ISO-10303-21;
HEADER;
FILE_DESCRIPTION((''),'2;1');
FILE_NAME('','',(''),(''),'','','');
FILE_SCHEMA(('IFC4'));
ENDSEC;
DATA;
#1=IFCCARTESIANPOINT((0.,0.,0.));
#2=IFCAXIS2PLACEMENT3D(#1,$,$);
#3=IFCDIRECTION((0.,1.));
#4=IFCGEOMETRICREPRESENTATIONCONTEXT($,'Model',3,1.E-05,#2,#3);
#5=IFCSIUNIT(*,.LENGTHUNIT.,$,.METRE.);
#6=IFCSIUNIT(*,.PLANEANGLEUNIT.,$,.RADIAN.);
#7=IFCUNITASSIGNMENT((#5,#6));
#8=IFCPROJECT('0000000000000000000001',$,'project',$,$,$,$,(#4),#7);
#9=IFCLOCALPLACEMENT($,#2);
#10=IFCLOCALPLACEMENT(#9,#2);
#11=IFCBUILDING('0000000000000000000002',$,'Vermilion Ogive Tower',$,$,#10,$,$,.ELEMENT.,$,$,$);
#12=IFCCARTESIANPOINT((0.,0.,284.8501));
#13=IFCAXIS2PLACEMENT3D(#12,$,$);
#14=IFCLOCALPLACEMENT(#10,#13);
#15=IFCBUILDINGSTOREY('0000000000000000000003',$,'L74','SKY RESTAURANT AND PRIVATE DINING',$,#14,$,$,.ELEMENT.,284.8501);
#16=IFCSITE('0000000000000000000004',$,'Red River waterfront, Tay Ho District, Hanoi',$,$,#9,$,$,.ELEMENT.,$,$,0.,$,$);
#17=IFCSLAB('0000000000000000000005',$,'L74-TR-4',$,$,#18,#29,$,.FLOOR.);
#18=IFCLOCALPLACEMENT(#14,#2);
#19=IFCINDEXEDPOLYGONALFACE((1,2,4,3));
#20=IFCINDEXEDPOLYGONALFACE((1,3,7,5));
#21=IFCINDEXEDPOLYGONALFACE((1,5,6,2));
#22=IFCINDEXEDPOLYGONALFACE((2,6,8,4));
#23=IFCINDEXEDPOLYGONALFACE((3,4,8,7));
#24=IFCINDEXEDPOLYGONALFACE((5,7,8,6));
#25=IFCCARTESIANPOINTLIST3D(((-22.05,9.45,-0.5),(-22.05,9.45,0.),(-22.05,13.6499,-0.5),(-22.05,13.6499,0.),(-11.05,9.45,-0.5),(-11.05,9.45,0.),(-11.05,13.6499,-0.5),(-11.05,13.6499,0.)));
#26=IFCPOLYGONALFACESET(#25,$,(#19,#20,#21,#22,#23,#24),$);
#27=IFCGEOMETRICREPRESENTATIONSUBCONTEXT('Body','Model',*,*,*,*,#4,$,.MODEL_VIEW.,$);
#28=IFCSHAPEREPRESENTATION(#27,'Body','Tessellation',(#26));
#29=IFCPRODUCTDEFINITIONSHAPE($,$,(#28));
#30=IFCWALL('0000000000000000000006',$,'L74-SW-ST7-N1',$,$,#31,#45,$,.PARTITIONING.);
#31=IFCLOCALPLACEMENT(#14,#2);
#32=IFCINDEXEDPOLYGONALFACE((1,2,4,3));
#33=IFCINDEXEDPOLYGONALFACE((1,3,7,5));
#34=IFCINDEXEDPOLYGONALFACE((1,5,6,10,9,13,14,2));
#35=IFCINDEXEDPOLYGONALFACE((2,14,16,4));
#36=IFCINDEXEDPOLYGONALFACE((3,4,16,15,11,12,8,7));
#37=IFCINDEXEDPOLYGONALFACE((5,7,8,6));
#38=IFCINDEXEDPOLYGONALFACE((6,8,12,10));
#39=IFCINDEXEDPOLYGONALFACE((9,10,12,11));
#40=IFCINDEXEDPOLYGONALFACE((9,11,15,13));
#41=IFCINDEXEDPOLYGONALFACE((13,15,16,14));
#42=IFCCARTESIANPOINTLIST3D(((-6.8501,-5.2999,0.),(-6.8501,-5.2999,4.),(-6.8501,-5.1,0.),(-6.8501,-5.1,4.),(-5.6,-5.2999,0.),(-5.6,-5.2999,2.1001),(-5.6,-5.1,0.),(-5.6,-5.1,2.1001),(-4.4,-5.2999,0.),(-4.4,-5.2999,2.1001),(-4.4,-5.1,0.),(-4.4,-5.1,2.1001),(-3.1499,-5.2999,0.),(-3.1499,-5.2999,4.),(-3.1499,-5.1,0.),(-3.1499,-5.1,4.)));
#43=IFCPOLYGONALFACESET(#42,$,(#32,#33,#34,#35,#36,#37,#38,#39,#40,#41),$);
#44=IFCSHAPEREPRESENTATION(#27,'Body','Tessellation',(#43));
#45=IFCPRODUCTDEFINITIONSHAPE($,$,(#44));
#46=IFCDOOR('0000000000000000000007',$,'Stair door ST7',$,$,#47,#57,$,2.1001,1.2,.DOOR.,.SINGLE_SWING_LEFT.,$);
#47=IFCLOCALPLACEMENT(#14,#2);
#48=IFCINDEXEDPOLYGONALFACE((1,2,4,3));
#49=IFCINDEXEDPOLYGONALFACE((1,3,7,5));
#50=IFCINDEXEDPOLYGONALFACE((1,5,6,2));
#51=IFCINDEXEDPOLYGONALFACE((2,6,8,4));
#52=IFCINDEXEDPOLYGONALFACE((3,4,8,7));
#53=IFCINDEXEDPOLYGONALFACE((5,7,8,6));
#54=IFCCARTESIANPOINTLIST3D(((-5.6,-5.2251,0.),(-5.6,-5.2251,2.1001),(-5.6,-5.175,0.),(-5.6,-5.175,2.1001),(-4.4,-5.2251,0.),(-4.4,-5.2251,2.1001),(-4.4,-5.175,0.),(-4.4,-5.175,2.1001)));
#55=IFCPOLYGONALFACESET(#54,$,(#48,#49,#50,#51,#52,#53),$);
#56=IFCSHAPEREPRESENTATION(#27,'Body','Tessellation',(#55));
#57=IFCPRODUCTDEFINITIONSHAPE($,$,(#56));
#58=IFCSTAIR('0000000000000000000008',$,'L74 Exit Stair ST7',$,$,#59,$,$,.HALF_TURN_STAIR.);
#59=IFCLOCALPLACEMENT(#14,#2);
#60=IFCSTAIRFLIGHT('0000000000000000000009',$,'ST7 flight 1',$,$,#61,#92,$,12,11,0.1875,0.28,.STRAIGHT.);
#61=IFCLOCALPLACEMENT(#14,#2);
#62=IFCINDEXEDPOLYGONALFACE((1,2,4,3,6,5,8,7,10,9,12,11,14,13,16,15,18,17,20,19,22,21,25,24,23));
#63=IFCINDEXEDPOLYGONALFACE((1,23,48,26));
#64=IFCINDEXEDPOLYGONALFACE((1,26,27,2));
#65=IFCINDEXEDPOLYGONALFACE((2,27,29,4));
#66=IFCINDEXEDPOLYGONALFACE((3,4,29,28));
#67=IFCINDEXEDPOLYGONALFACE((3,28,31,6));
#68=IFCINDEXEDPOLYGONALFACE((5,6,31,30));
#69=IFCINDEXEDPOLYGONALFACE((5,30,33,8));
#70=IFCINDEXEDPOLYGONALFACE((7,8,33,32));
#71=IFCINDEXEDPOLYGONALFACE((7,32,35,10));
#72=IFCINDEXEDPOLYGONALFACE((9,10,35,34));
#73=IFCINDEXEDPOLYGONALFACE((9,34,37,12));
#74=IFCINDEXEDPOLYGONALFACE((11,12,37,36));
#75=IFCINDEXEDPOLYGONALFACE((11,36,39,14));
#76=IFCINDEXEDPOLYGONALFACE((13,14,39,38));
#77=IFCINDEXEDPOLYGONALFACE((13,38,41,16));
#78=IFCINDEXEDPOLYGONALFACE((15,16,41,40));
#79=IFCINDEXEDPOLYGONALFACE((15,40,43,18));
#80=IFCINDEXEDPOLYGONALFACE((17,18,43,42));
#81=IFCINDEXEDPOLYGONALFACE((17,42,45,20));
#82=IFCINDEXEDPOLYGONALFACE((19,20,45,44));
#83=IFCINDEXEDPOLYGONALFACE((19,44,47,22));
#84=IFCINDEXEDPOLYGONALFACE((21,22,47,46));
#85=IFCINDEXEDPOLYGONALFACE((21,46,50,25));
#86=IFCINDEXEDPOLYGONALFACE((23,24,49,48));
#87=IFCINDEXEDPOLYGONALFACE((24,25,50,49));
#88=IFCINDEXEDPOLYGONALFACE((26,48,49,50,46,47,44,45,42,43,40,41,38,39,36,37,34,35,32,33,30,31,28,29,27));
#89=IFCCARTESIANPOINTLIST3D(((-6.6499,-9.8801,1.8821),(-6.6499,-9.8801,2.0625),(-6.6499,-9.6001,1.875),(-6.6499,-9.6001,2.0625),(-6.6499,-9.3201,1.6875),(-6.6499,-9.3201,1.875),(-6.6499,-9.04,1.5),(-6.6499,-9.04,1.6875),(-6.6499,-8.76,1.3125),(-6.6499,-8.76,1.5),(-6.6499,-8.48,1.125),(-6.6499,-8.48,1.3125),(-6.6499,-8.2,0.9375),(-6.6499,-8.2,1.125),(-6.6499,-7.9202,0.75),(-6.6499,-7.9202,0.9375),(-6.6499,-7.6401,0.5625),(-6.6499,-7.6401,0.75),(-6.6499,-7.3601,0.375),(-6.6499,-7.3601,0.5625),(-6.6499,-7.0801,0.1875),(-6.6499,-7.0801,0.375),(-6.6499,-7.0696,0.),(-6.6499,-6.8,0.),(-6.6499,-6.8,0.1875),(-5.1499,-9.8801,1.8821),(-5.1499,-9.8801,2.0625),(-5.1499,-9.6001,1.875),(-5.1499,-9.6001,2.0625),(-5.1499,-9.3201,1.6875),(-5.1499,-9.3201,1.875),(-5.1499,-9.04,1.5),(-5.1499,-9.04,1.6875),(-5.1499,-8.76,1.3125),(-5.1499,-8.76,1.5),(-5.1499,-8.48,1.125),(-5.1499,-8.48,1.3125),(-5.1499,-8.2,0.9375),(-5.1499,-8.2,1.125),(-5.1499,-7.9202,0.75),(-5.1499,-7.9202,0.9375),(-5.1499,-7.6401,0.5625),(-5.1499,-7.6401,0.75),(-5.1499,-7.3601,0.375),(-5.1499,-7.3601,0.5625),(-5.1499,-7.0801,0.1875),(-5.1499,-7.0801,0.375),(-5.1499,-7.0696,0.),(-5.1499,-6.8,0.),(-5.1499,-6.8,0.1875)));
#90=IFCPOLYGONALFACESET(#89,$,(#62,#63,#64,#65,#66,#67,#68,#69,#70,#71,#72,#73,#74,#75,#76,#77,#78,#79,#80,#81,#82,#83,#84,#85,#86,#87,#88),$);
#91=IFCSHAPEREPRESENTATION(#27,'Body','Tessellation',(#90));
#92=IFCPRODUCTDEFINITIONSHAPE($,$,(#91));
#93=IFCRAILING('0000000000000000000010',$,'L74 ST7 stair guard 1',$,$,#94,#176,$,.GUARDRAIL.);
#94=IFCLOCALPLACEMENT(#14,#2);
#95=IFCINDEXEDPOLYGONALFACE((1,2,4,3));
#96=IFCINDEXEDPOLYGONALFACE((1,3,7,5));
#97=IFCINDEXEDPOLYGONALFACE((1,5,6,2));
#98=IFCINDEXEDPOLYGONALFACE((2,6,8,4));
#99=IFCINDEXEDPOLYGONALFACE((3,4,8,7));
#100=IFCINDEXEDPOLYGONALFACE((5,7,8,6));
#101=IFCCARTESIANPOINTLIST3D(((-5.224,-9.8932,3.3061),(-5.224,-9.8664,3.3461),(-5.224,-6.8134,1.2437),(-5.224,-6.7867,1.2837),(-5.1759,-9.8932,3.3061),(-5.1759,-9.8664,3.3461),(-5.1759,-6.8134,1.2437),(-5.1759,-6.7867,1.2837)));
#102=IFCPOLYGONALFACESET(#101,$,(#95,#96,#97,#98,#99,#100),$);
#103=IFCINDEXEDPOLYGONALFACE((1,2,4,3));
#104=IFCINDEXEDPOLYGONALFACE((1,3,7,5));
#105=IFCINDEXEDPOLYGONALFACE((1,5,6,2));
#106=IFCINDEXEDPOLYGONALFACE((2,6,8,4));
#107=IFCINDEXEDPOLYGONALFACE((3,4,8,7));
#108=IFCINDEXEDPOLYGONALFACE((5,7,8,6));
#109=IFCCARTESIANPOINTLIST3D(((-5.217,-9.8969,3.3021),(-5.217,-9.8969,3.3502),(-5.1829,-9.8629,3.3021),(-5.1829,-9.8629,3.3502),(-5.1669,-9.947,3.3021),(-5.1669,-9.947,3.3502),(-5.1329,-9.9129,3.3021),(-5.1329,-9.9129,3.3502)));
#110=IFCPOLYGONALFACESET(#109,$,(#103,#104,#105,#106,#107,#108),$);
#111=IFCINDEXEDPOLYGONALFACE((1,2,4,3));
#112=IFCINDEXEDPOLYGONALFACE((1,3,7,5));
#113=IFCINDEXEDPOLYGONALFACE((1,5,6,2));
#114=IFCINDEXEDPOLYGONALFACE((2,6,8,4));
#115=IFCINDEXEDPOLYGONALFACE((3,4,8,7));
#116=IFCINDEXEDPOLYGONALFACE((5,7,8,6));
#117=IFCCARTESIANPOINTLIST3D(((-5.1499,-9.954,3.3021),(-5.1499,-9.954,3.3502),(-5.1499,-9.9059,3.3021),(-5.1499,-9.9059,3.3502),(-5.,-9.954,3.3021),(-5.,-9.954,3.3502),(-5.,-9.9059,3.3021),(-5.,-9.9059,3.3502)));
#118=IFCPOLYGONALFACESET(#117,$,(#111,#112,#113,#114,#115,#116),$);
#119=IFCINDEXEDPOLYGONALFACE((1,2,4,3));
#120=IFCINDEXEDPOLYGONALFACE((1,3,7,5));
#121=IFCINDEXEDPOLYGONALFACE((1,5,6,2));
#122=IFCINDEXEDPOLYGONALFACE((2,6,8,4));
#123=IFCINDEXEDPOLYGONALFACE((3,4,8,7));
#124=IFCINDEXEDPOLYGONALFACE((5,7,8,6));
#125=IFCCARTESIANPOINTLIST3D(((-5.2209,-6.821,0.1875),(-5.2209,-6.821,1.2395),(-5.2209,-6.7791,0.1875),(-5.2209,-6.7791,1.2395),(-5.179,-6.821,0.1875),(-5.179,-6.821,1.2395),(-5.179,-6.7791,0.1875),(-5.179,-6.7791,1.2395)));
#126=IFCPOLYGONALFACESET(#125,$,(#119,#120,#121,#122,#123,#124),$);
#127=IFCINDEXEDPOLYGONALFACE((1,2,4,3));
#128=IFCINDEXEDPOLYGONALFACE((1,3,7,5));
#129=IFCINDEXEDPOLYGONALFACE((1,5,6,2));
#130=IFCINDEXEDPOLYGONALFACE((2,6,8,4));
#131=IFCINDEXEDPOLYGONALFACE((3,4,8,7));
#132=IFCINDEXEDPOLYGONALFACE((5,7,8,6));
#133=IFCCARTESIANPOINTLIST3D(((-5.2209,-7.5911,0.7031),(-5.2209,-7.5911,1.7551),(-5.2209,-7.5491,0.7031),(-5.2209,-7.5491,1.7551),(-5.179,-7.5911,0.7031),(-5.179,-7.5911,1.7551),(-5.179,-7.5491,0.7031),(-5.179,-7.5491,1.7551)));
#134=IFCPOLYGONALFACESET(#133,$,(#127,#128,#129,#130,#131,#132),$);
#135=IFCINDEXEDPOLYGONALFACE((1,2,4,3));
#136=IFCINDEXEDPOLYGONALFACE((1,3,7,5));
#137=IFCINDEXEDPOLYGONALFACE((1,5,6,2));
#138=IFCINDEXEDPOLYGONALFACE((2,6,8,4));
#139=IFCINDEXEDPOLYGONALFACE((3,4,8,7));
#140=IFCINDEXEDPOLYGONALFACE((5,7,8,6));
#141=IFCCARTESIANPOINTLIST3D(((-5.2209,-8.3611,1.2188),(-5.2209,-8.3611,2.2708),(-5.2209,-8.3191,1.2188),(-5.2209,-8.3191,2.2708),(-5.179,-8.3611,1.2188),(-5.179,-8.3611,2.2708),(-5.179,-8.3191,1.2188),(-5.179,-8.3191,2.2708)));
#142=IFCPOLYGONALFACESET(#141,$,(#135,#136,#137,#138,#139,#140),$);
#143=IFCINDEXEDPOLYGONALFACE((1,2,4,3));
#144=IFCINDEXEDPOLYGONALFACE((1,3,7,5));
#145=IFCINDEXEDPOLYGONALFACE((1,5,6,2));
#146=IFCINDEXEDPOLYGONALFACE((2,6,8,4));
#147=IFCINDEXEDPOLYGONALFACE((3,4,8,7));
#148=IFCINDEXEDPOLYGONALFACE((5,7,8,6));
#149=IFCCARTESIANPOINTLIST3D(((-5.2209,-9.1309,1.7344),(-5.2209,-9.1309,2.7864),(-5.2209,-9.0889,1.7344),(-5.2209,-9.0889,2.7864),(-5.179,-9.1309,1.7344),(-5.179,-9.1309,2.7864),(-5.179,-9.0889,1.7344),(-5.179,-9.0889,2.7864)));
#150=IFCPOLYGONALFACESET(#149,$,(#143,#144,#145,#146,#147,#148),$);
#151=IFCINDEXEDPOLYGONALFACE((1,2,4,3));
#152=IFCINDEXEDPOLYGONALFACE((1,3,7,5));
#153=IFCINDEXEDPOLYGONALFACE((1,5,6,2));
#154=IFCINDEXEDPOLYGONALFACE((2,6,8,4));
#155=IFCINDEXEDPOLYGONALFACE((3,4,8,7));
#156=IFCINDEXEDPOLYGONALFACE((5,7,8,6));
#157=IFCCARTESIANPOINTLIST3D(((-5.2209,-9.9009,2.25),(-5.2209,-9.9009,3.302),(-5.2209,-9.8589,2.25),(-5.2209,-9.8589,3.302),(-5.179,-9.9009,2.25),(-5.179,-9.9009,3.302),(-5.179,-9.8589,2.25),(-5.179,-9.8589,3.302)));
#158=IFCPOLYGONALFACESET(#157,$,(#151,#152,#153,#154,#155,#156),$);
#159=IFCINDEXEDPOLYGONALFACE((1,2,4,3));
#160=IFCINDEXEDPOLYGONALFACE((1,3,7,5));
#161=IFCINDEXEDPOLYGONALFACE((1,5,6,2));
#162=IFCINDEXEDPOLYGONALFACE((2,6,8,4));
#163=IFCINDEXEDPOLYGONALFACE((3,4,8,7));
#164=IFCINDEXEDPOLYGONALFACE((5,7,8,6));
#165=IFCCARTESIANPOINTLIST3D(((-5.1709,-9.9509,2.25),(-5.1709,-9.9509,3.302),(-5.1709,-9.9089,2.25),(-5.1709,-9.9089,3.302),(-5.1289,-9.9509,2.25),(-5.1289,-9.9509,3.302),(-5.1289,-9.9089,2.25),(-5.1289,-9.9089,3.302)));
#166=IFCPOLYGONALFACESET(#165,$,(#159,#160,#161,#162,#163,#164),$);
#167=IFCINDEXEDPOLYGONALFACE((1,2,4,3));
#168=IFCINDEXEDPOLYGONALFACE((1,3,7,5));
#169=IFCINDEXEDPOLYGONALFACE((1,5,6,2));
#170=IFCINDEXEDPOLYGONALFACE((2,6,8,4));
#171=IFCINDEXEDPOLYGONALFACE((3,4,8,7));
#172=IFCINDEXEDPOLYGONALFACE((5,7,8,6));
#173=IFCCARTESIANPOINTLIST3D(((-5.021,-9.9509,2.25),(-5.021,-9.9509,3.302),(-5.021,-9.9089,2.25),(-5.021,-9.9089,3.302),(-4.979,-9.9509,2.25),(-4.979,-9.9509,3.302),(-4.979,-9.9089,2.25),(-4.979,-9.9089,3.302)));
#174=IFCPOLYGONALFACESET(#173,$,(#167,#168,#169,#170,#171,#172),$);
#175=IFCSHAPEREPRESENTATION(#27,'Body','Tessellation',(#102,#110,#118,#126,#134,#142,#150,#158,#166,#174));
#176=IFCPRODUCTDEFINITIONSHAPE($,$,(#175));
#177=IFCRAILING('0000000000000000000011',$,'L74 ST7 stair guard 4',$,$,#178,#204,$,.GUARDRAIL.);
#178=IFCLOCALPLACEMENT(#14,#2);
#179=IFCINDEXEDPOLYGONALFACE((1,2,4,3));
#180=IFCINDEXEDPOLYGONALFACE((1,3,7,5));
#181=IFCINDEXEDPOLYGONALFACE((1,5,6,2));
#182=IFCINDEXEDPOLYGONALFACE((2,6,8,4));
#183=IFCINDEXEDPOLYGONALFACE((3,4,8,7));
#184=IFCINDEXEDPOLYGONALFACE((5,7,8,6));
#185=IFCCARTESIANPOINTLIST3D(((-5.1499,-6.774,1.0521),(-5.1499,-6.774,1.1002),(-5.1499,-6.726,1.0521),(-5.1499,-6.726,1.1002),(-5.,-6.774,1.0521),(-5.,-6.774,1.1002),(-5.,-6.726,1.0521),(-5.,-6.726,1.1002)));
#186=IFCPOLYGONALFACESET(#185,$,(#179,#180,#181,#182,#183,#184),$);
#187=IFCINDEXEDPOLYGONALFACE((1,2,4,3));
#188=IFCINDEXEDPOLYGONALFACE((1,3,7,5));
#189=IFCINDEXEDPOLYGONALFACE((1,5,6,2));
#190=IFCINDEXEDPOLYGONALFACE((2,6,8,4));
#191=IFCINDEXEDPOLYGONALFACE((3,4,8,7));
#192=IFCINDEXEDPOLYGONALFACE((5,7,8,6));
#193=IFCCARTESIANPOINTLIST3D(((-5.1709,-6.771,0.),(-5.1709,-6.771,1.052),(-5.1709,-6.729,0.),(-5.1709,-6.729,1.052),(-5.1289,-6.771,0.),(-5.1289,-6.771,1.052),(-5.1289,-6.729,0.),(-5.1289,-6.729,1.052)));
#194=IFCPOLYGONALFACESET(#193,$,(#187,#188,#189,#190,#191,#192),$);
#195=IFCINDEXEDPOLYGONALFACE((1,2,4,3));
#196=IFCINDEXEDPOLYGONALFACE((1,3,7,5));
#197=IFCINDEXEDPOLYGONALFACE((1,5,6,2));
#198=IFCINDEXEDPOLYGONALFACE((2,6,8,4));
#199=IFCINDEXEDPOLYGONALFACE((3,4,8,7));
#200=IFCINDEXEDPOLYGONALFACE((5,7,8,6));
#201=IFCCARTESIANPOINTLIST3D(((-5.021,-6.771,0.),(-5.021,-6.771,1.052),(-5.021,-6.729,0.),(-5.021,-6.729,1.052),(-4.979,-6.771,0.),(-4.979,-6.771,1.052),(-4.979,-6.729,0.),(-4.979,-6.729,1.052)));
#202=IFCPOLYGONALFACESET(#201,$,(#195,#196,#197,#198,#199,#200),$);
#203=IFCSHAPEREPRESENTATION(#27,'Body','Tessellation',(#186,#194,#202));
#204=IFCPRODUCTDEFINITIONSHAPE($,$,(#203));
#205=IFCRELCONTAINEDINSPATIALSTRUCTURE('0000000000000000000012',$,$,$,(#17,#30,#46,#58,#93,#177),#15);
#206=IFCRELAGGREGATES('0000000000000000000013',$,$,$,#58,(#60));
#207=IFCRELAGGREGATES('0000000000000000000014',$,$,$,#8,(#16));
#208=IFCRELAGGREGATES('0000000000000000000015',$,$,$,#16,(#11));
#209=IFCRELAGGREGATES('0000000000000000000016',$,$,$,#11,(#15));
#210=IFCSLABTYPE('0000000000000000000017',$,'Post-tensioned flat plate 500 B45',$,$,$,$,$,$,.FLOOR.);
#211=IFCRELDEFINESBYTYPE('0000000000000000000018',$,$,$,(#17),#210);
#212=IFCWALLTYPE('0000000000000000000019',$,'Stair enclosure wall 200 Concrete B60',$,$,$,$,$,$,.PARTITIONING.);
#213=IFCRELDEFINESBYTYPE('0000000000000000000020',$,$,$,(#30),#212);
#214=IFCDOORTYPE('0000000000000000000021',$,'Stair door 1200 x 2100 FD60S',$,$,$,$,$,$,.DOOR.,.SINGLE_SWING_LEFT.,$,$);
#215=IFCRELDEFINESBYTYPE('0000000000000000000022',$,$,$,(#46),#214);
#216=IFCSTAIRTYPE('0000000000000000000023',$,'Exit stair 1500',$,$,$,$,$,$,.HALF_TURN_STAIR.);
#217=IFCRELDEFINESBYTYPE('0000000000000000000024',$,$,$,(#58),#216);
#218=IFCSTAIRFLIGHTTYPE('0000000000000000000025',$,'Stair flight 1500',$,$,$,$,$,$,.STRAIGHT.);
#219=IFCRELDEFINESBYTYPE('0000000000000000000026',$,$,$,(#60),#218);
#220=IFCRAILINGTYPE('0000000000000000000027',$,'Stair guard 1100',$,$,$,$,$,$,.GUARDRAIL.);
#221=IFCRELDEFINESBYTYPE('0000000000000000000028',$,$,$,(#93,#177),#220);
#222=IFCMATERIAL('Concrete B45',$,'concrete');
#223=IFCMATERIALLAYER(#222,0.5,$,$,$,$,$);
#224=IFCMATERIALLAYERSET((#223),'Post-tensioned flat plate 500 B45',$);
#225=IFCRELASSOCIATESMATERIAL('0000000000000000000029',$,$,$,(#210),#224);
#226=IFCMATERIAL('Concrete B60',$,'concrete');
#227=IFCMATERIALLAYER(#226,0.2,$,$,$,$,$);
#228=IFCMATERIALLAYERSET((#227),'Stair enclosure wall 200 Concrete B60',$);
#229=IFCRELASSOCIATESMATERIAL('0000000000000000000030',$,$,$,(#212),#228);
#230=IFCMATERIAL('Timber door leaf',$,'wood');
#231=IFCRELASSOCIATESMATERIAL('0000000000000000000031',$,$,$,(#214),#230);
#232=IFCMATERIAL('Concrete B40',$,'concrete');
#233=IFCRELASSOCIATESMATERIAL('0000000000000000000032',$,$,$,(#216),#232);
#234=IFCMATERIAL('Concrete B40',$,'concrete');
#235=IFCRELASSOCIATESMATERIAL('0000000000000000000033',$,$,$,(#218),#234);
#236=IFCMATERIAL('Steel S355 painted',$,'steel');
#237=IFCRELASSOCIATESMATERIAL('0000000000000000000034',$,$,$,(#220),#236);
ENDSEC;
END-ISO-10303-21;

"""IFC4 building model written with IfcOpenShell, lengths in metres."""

from ifc_helpers import new_model, si_unit, direction, frame, frame_2d, origin, origin_2d, place, context, subcontext, project, spatial, polyline, rectangle, outline, extrude, material, layer, layer_set, type_object, element, fill, aggregate, save


model = new_model("IFC4")

# Units and contexts
model_context = context("Model", 3, precision=1e-05, world=origin(), true_north=direction((0.0, 1.0)))
body_context = subcontext(model_context, "Body", "Model", "MODEL_VIEW")
ifc_project = project(units=[si_unit("LENGTHUNIT", "METRE"), si_unit("PLANEANGLEUNIT", "RADIAN")], contexts=[model_context])

# Site, building, storey
site_placement = place(None, origin())
site = spatial("IfcSite", under=ifc_project, at=site_placement, Name="Red River waterfront, Tay Ho District, Hanoi", CompositionType="ELEMENT", RefElevation=0.0)
building_placement = place(site_placement, origin())
building = spatial("IfcBuilding", under=site, at=building_placement, Name="Vermilion Ogive Tower", CompositionType="ELEMENT")
storey_placement = place(building_placement, frame((0.0, 0.0, 284.8501)))
storey = spatial("IfcBuildingStorey", under=building, at=storey_placement, Name="L74", Description="SKY RESTAURANT AND PRIVATE DINING", CompositionType="ELEMENT", Elevation=284.8501)

# Slab
ifc_material_1 = material(Name="Concrete B45", Category="concrete")
ifc_layer_1 = layer(ifc_material_1, 0.5)
ifc_layer_set_1 = layer_set([ifc_layer_1], Name="Post-tensioned flat plate 500 B45")
slab_type = type_object("IfcSlabType", Name="Post-tensioned flat plate 500 B45", PredefinedType="FLOOR", material=ifc_layer_set_1)
slab_1_placement = place(storey_placement, frame((0.0, 0.0, -0.5)))
element("IfcSlab", 1, at=slab_1_placement, inside=storey, type_object=slab_type, Name="L74-TR-4", PredefinedType="FLOOR", context=body_context, shape_type="SweptSolid", body=[
    extrude(outline(polyline([(-11.05, 13.6499), (-11.05, 9.45), (-22.05, 9.45), (-22.05, 13.6499), (-11.05, 13.6499)])), origin(), (0.0, 0.0, 1.0), 0.5),
])

# Wall, opening, door
ifc_material_2 = material(Name="Concrete B60", Category="concrete")
ifc_layer_2 = layer(ifc_material_2, 0.2)
ifc_layer_set_2 = layer_set([ifc_layer_2], Name="Stair enclosure wall 200 Concrete B60")
wall_type = type_object("IfcWallType", Name="Stair enclosure wall 200 Concrete B60", PredefinedType="PARTITIONING", material=ifc_layer_set_2)
wall_placement = place(storey_placement, frame((-6.8501, -5.2, 0.0), z_axis=(0.0, 0.0, 1.0), x_axis=(1.0, 0.0, 0.0)))
wall = element("IfcWall", 2, at=wall_placement, inside=storey, type_object=wall_type, Name="L74-SW-ST7-N1", PredefinedType="PARTITIONING", context=body_context, shape_type="SweptSolid", body=[
    extrude(rectangle(XDim=3.7002, YDim=0.2, at=frame_2d((1.8501, 0.0))), origin(), (0.0, 0.0, 1.0), 4.0),
])
opening_placement = place(wall_placement, frame((1.25, 0.0, 0.0)))
opening = element("IfcOpeningElement", 3, at=opening_placement, cuts=wall, PredefinedType="OPENING", context=body_context, shape_type="SweptSolid", body=[
    extrude(rectangle(XDim=1.2, YDim=2.1001, at=frame_2d((0.6001, 1.05))), frame((0.0, 0.1099, 0.0), z_axis=(0.0, -1.0, 0.0), x_axis=(1.0, 0.0, 0.0)), (0.0, 0.0, 1.0), 0.22),
])
ifc_material_3 = material(Name="Timber door leaf", Category="wood")
door_type = type_object("IfcDoorType", Name="Stair door 1200 x 2100 FD60S", OperationType="SINGLE_SWING_LEFT", PredefinedType="DOOR", material=ifc_material_3)
door_placement = place(opening_placement, origin())
door = element("IfcDoor", 4, at=door_placement, inside=storey, type_object=door_type, Name="Stair door ST7", OperationType="SINGLE_SWING_LEFT", OverallHeight=2.1001, OverallWidth=1.2, PredefinedType="DOOR", context=body_context, shape_type="SweptSolid", body=[
    extrude(rectangle(XDim=1.2, YDim=2.1001, at=frame_2d((0.6001, 1.05))), frame((0.0, 0.0249, 0.0), z_axis=(0.0, -1.0, 0.0), x_axis=(1.0, 0.0, 0.0)), (0.0, 0.0, 1.0), 0.05),
])
fill(opening, door)

# Stair, stair flight
ifc_material_4 = material(Name="Concrete B40", Category="concrete")
stair_type = type_object("IfcStairType", Name="Exit stair 1500", PredefinedType="HALF_TURN_STAIR", material=ifc_material_4)
stair_placement = place(storey_placement, origin())
stair = element("IfcStair", 5, at=stair_placement, inside=storey, type_object=stair_type, Name="L74 Exit Stair ST7", PredefinedType="HALF_TURN_STAIR")
ifc_material_5 = material(Name="Concrete B40", Category="concrete")
stair_flight_type = type_object("IfcStairFlightType", Name="Stair flight 1500", PredefinedType="STRAIGHT", material=ifc_material_5)
stair_flight_placement = place(storey_placement, frame((-5.8999, -6.8, 0.0), z_axis=(0.0, 0.0, 1.0), x_axis=(0.0, -1.0, 0.0)))
stair_flight = element("IfcStairFlight", 6, at=stair_flight_placement, type_object=stair_flight_type, Name="ST7 flight 1", NumberOfRisers=12, NumberOfTreads=11, PredefinedType="STRAIGHT", RiserHeight=0.1875, TreadLength=0.28, context=body_context, shape_type="SweptSolid", body=[
    extrude(outline(polyline([(0.0, 0.0), (0.0, 0.1875), (0.28, 0.1875), (0.28, 0.375), (0.5601, 0.375), (0.5601, 0.5625), (0.8401, 0.5625), (0.8401, 0.75), (1.1201, 0.75), (1.1201, 0.9375), (1.3999, 0.9375), (1.3999, 1.125), (1.6799, 1.125), (1.6799, 1.3125), (1.96, 1.3125), (1.96, 1.5), (2.24, 1.5), (2.24, 1.6875), (2.52, 1.6875), (2.52, 1.875), (2.8, 1.875), (2.8, 2.0625), (3.0801, 2.0625), (3.0801, 2.25), (3.0801, 1.8821), (0.2695, 0.0), (0.0, 0.0)])), frame((0.0, 0.75, 0.0), z_axis=(0.0, -1.0, 0.0), x_axis=(1.0, 0.0, 0.0)), (0.0, 0.0, 1.0), 1.5),
])
aggregate(stair, [stair_flight])

# Railings
ifc_material_6 = material(Name="Steel S355 painted", Category="steel")
railing_type = type_object("IfcRailingType", Name="Stair guard 1100", PredefinedType="GUARDRAIL", material=ifc_material_6)
railing_1_placement = place(storey_placement, frame((-5.2, -6.8, 0.1875)))
element("IfcRailing", 7, at=railing_1_placement, inside=storey, type_object=railing_type, Name="L74 ST7 stair guard 1", PredefinedType="GUARDRAIL", context=body_context, shape_type="SweptSolid", body=[
    extrude(rectangle(XDim=0.0481, YDim=0.0481, at=origin_2d()), frame((0.0, 0.0, 1.0762), z_axis=(0.0, -0.830893, 0.556432), x_axis=(1.0, 0.0, 0.0)), (0.0, 0.0, 1.0), 3.7065),
    extrude(rectangle(XDim=0.0481, YDim=0.0481, at=origin_2d()), frame((0.0, -3.0798, 3.1387), z_axis=(0.707107, -0.707107, 0.0), x_axis=(0.707107, 0.707107, 0.0)), (0.0, 0.0, 1.0), 0.0708),
    extrude(rectangle(XDim=0.0481, YDim=0.0481, at=origin_2d()), frame((0.05, -3.1299, 3.1387), z_axis=(1.0, 0.0, 0.0), x_axis=(0.0, 1.0, 0.0)), (0.0, 0.0, 1.0), 0.1499),
    extrude(rectangle(XDim=0.042, YDim=0.042, at=origin_2d()), origin(), (0.0, 0.0, 1.0), 1.052),
    extrude(rectangle(XDim=0.042, YDim=0.042, at=origin_2d()), frame((0.0, -0.77, 0.5156)), (0.0, 0.0, 1.0), 1.052),
    extrude(rectangle(XDim=0.042, YDim=0.042, at=origin_2d()), frame((0.0, -1.54, 1.0312)), (0.0, 0.0, 1.0), 1.052),
    extrude(rectangle(XDim=0.042, YDim=0.042, at=origin_2d()), frame((0.0, -2.3098, 1.5469)), (0.0, 0.0, 1.0), 1.052),
    extrude(rectangle(XDim=0.042, YDim=0.042, at=origin_2d()), frame((0.0, -3.0798, 2.0625)), (0.0, 0.0, 1.0), 1.052),
    extrude(rectangle(XDim=0.042, YDim=0.042, at=origin_2d()), frame((0.05, -3.1299, 2.0625)), (0.0, 0.0, 1.0), 1.052),
    extrude(rectangle(XDim=0.042, YDim=0.042, at=origin_2d()), frame((0.2, -3.1299, 2.0625)), (0.0, 0.0, 1.0), 1.052),
])
railing_2_placement = place(storey_placement, frame((-5.1499, -6.75, 0.0)))
element("IfcRailing", 8, at=railing_2_placement, inside=storey, type_object=railing_type, Name="L74 ST7 stair guard 4", PredefinedType="GUARDRAIL", context=body_context, shape_type="SweptSolid", body=[
    extrude(rectangle(XDim=0.0481, YDim=0.0481, at=origin_2d()), frame((0.0, 0.0, 1.0762), z_axis=(1.0, 0.0, 0.0), x_axis=(0.0, 1.0, 0.0)), (0.0, 0.0, 1.0), 0.1499),
    extrude(rectangle(XDim=0.042, YDim=0.042, at=origin_2d()), origin(), (0.0, 0.0, 1.0), 1.052),
    extrude(rectangle(XDim=0.042, YDim=0.042, at=origin_2d()), frame((0.1499, 0.0, 0.0)), (0.0, 0.0, 1.0), 1.052),
])

save(model, "model.ifc")
